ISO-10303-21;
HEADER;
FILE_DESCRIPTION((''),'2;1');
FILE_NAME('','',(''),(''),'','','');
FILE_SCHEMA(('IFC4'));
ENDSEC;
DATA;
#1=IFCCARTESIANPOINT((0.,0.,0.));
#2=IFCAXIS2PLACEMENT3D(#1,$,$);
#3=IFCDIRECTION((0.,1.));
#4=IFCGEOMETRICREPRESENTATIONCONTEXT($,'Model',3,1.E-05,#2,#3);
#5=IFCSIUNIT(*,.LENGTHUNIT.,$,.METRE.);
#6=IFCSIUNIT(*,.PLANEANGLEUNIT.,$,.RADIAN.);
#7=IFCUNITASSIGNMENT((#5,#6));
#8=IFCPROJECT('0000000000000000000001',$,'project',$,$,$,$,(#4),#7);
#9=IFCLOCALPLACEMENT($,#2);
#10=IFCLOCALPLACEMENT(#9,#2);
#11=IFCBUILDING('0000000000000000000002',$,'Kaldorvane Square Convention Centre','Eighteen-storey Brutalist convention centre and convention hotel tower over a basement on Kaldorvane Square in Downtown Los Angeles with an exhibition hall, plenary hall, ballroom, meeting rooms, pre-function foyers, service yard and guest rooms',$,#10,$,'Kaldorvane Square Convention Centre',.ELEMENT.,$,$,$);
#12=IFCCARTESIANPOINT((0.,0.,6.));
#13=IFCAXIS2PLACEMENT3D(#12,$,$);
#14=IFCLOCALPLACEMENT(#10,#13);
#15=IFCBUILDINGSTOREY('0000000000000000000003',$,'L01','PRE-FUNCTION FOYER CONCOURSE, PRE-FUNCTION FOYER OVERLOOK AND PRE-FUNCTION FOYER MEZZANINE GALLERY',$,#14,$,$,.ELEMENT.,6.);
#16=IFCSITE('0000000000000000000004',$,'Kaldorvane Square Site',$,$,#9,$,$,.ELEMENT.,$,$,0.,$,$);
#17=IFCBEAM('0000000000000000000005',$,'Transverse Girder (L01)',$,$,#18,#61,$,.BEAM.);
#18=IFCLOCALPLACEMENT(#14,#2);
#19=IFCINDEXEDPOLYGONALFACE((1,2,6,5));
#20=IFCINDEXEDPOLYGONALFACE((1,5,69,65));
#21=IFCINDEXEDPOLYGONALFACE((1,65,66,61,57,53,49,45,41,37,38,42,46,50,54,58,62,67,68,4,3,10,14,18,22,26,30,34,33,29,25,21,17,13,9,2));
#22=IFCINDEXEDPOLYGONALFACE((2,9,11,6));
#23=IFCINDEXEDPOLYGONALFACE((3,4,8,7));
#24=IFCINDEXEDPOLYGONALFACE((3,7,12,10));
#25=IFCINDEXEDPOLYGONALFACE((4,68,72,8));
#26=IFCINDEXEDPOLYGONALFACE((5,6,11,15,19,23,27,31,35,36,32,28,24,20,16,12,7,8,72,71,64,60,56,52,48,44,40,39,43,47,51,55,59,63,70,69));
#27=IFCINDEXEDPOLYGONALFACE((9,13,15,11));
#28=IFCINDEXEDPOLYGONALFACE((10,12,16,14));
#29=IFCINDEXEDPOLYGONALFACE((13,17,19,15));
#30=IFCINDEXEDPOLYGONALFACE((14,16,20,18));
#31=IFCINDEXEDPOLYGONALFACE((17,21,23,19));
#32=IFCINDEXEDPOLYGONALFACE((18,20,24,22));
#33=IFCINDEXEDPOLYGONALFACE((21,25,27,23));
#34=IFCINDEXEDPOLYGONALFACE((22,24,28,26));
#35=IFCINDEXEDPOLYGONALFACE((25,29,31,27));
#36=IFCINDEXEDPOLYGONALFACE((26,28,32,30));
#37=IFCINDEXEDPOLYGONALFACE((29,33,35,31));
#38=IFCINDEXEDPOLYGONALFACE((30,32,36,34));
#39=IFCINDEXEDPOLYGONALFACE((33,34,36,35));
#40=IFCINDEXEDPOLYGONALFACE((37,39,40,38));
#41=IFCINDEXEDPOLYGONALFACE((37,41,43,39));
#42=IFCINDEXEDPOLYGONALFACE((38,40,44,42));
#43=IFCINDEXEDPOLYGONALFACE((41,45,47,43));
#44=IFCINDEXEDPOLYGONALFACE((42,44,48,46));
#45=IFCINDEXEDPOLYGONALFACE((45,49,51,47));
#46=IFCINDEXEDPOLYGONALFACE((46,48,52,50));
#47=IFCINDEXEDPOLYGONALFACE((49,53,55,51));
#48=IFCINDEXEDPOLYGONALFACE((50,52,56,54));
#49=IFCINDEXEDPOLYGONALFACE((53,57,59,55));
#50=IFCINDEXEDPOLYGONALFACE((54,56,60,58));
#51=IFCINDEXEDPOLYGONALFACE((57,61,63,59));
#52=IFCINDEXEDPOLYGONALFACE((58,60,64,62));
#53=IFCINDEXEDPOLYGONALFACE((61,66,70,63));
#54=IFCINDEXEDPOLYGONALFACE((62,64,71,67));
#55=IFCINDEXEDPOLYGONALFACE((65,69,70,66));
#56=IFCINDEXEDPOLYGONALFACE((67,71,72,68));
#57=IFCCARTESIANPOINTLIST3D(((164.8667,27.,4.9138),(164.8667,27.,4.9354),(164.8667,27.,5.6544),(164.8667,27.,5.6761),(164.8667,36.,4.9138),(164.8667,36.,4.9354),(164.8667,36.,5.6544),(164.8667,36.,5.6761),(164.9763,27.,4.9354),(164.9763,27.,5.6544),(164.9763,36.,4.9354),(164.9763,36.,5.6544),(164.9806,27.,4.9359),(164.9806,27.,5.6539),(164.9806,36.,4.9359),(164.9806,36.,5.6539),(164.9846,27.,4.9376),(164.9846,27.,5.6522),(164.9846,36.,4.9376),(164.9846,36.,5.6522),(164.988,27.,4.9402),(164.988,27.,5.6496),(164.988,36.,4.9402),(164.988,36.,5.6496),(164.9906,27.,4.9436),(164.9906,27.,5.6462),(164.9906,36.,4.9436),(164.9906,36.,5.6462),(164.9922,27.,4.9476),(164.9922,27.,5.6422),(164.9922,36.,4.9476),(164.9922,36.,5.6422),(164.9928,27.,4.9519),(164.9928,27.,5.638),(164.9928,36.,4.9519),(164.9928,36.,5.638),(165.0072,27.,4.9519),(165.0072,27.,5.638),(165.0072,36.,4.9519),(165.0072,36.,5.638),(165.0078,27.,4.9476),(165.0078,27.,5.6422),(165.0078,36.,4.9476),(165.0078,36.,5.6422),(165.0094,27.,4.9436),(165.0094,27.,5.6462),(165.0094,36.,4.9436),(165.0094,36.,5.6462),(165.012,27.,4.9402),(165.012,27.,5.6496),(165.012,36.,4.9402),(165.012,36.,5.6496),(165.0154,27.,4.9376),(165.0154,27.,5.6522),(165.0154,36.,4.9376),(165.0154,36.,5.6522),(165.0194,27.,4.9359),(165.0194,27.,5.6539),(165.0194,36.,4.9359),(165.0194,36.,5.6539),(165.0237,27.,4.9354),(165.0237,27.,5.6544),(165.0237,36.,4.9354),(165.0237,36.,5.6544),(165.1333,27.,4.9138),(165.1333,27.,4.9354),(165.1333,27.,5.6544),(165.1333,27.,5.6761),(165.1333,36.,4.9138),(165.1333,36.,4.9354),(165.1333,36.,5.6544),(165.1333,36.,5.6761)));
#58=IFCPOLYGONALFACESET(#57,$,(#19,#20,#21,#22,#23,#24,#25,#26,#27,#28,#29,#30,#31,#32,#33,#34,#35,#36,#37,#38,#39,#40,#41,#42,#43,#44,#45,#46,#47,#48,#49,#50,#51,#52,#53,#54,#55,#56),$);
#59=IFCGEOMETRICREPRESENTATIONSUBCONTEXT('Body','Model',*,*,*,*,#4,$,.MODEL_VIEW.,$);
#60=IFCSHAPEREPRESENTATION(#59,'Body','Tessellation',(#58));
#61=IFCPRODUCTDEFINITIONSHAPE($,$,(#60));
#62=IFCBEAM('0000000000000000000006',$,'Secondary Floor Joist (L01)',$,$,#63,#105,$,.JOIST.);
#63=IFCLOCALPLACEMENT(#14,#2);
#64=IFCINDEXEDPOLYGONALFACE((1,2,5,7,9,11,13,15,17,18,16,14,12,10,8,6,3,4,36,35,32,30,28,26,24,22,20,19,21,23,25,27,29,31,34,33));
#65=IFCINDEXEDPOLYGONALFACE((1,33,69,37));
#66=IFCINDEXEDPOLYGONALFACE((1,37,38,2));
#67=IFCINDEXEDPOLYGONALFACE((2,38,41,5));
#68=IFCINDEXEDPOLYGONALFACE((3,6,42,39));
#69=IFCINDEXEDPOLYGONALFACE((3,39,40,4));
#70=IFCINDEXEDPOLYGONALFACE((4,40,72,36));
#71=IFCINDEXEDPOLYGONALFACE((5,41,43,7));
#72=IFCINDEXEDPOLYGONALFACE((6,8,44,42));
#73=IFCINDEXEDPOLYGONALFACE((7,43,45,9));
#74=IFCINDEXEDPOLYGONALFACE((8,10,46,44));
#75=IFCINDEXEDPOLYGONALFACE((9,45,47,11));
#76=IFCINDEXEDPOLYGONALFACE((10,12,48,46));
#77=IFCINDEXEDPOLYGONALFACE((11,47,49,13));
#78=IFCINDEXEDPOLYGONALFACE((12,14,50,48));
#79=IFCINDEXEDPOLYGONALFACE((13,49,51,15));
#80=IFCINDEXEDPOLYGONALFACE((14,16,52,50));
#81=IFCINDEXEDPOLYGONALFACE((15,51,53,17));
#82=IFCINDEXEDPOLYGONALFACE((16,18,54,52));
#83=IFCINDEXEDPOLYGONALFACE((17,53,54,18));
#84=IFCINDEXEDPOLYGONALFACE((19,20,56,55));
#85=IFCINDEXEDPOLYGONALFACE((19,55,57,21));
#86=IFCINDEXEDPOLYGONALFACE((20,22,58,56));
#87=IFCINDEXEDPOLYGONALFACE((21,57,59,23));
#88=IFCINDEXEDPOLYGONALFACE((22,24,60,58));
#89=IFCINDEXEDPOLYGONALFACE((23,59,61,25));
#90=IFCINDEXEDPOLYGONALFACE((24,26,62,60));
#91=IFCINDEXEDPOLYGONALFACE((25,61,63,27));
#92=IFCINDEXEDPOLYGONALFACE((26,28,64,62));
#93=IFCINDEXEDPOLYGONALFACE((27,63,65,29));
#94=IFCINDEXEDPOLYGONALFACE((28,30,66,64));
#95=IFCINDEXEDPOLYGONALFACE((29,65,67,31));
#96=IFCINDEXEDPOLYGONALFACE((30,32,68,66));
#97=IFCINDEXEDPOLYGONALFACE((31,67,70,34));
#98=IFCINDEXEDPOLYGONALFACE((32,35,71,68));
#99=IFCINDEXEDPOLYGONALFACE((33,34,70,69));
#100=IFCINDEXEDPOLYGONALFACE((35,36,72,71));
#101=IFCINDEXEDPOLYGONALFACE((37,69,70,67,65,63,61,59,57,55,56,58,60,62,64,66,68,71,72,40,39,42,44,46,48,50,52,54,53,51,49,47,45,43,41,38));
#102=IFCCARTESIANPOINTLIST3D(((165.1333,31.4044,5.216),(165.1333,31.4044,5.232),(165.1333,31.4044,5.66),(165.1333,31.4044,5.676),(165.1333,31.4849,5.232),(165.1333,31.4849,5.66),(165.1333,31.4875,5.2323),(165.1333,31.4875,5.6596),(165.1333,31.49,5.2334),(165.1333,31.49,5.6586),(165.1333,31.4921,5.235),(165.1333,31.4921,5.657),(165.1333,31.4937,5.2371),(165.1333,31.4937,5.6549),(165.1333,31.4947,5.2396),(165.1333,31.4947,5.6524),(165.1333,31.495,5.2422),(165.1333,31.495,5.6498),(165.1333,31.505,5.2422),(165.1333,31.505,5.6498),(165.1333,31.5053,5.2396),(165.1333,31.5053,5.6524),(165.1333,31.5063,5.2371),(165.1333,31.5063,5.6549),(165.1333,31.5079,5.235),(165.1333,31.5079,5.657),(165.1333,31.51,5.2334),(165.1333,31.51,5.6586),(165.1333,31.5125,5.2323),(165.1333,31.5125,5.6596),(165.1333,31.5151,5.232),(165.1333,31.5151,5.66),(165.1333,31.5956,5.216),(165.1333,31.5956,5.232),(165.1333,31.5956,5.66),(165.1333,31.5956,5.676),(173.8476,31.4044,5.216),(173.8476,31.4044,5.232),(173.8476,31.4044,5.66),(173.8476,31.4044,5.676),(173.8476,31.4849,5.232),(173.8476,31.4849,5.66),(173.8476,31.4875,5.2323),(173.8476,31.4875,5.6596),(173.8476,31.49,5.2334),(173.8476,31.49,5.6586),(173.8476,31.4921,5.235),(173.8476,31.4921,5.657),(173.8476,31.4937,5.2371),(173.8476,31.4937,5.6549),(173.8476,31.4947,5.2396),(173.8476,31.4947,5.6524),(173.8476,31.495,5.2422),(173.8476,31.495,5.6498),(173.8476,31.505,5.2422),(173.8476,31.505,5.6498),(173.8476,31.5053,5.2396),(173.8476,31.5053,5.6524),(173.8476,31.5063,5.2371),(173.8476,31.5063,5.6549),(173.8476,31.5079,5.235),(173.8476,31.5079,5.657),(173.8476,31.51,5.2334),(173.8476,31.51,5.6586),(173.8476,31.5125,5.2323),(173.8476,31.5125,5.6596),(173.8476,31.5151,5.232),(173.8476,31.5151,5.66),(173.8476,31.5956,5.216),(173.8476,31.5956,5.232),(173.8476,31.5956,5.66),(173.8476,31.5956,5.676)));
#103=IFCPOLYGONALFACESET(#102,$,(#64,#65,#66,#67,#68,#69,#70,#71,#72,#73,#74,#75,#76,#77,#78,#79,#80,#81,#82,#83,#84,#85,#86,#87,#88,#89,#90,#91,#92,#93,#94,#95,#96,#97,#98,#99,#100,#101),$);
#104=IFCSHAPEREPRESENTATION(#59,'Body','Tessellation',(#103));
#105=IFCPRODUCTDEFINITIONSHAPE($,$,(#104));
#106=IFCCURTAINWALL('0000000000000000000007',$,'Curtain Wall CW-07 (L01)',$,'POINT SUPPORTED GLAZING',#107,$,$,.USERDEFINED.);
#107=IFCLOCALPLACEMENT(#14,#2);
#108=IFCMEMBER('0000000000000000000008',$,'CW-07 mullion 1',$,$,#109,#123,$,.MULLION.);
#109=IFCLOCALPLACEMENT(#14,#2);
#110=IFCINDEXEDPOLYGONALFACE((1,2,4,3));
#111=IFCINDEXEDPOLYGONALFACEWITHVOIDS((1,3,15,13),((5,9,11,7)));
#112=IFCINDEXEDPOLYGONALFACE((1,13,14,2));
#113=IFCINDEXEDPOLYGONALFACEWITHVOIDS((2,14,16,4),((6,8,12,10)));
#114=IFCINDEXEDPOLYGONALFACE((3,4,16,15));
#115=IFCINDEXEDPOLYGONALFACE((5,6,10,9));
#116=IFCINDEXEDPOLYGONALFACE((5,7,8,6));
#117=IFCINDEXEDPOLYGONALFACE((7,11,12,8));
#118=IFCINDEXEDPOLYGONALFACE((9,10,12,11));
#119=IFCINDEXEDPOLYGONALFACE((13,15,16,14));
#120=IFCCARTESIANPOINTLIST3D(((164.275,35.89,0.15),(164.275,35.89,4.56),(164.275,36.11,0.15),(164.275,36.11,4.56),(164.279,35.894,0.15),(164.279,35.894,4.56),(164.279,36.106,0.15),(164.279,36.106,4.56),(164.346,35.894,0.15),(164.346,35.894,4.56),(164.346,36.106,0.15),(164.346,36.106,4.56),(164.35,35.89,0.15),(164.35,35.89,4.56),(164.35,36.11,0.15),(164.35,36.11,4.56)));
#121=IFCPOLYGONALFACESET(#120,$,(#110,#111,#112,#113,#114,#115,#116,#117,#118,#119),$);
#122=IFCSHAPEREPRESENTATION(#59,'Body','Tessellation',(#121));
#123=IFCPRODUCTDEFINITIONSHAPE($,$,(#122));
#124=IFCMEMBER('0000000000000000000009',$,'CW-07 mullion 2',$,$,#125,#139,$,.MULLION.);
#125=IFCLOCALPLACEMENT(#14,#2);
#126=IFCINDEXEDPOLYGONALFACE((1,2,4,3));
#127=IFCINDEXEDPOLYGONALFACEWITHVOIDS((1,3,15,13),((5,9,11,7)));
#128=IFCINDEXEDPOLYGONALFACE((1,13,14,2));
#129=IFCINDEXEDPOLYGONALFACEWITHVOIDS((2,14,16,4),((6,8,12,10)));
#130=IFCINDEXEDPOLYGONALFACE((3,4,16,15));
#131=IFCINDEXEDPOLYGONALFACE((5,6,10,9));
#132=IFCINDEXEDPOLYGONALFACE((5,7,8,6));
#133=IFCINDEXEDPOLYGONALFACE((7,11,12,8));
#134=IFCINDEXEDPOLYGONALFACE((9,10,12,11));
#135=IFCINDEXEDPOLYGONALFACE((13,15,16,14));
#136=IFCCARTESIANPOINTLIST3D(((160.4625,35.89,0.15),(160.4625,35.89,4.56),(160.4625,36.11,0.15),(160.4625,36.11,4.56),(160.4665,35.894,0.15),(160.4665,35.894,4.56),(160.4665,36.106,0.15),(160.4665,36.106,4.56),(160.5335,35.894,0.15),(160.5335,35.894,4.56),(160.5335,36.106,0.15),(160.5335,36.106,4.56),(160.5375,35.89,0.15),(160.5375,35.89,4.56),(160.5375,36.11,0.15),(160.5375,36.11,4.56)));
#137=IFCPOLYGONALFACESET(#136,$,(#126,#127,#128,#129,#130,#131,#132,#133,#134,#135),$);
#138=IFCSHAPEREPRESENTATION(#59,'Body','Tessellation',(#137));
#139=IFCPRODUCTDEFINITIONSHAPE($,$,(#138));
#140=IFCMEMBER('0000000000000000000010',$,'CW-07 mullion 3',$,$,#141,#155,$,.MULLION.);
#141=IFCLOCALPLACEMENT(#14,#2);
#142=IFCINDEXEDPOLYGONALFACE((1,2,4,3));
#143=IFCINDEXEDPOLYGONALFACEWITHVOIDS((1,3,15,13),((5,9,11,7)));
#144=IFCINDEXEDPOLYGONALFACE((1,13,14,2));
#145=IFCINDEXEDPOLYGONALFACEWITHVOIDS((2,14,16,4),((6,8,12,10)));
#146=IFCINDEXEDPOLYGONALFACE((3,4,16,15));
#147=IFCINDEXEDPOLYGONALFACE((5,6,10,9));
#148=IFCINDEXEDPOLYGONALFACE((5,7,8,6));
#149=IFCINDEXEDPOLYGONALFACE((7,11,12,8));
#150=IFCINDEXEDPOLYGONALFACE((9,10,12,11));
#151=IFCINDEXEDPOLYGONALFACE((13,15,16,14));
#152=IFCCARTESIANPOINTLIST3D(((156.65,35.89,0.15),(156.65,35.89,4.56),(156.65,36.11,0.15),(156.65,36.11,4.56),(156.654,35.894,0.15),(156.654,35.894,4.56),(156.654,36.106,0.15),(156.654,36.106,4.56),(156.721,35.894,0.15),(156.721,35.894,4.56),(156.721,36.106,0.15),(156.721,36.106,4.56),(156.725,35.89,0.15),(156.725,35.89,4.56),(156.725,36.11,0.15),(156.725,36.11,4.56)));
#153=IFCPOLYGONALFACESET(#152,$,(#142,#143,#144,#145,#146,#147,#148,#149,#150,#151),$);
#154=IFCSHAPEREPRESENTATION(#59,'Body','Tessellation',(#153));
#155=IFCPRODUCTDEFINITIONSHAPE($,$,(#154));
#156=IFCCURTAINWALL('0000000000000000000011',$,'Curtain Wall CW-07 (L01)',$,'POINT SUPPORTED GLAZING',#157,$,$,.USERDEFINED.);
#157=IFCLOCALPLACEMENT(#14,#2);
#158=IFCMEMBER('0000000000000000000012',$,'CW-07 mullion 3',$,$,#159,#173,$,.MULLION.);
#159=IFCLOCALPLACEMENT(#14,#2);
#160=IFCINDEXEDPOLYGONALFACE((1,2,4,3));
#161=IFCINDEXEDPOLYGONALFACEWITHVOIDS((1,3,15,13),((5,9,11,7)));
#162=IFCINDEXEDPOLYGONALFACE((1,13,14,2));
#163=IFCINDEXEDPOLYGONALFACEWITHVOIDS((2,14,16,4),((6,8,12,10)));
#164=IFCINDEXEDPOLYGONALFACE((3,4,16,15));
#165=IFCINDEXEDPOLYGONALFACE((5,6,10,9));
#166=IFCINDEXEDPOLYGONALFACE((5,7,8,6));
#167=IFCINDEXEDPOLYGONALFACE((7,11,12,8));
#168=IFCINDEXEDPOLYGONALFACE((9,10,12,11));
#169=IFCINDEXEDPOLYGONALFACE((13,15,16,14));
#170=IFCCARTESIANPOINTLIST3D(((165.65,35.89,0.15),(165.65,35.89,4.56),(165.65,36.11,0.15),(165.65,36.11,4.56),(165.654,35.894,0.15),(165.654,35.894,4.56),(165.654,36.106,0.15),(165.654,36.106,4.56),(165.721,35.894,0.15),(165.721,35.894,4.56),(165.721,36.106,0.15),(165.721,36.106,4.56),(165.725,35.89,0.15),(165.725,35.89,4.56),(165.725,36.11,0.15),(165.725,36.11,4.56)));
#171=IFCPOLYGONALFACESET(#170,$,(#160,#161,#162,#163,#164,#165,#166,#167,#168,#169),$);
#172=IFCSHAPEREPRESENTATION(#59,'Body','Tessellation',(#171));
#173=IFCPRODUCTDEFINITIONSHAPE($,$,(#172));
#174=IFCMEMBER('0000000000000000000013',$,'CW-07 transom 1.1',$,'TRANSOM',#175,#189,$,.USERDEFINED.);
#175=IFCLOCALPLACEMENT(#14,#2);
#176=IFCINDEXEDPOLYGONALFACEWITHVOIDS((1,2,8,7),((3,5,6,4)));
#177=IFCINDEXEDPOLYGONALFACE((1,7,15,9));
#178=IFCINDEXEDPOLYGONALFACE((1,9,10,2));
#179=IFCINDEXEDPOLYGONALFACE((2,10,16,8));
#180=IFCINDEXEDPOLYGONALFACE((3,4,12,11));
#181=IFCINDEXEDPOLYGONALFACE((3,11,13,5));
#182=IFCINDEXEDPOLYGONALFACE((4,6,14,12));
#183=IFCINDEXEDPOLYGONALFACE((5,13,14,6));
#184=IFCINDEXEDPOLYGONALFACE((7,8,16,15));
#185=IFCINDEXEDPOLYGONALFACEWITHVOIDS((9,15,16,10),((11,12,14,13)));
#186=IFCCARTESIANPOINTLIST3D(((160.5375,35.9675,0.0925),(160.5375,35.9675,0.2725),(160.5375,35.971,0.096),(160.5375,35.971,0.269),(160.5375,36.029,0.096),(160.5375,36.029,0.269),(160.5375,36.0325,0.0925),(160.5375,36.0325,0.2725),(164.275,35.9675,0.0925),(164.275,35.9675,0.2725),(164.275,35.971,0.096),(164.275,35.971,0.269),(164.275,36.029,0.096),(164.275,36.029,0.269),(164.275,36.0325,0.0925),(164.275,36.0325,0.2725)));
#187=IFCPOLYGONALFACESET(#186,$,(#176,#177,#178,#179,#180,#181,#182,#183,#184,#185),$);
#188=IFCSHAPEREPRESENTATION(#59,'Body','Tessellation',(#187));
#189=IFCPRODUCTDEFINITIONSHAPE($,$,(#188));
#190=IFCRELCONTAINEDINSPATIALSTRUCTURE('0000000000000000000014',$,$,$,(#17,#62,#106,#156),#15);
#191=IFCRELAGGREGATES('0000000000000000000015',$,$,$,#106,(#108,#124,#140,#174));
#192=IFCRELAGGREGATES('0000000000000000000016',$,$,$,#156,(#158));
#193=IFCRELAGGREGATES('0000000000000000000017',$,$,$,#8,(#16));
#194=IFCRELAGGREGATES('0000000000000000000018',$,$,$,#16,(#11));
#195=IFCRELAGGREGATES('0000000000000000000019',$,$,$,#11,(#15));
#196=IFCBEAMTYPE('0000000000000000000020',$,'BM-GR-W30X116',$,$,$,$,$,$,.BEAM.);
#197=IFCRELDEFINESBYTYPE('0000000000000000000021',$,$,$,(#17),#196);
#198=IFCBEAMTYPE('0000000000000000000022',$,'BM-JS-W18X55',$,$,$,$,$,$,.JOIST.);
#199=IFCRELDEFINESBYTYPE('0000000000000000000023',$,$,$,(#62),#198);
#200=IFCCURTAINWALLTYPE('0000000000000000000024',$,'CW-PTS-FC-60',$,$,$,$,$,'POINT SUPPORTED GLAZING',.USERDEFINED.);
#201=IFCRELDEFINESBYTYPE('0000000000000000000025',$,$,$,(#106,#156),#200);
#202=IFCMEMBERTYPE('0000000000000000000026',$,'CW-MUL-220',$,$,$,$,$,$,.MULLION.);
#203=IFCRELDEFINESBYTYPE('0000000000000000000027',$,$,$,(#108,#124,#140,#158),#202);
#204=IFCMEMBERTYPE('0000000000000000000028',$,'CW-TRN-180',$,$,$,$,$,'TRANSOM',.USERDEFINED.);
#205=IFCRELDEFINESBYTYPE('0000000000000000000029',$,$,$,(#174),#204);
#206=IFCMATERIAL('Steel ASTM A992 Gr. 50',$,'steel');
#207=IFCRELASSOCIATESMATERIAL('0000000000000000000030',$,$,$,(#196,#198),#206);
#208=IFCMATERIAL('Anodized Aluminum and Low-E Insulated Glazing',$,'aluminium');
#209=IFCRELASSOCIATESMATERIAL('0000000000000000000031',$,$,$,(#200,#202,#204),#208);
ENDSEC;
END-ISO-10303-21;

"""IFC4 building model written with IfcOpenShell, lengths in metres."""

from ifc_helpers import new_model, si_unit, direction, frame, origin, origin_2d, place, context, subcontext, project, spatial, hollow_rectangle, i_section, extrude, material, material_profile, profile_set, type_object, element, aggregate, save


model = new_model("IFC4")

# Units and contexts
model_context = context("Model", 3, precision=1e-05, world=origin(), true_north=direction((0.0, 1.0)))
body_context = subcontext(model_context, "Body", "Model", "MODEL_VIEW")
ifc_project = project(units=[si_unit("LENGTHUNIT", "METRE"), si_unit("PLANEANGLEUNIT", "RADIAN")], contexts=[model_context])

# Site, building, storey
site_placement = place(None, origin())
site = spatial("IfcSite", under=ifc_project, at=site_placement, Name="Kaldorvane Square Site", CompositionType="ELEMENT", RefElevation=0.0)
building_placement = place(site_placement, origin())
building = spatial("IfcBuilding", under=site, at=building_placement, Name="Kaldorvane Square Convention Centre", Description="Eighteen-storey Brutalist convention centre and convention hotel tower over a basement on Kaldorvane Square in Downtown Los Angeles with an exhibition hall, plenary hall, ballroom, meeting rooms, pre-function foyers, service yard and guest rooms", LongName="Kaldorvane Square Convention Centre", CompositionType="ELEMENT")
storey_placement = place(building_placement, frame((0.0, 0.0, 6.0)))
storey = spatial("IfcBuildingStorey", under=building, at=storey_placement, Name="L01", Description="PRE-FUNCTION FOYER CONCOURSE, PRE-FUNCTION FOYER OVERLOOK AND PRE-FUNCTION FOYER MEZZANINE GALLERY", CompositionType="ELEMENT", Elevation=6.0)

# Shared definitions
ifc_material_1 = material(Name="Steel ASTM A992 Gr. 50", Category="steel")

# Beams
ifc_material_profile_1 = material_profile(ifc_material_1, i_section(OverallWidth=0.2666, OverallDepth=0.7623, WebThickness=0.0144, FlangeThickness=0.0216, FilletRadius=0.0165, at=origin_2d()), Name="W30X116")
ifc_profile_set_1 = profile_set([ifc_material_profile_1], Name="Steel ASTM A992 Gr. 50")
beam_type_1 = type_object("IfcBeamType", Name="BM-GR-W30X116", PredefinedType="BEAM", material=ifc_profile_set_1)
beam_1_placement = place(storey_placement, frame((165.0, 27.0, 5.2949), z_axis=(0.0, 1.0, 0.0), x_axis=(-1.0, 0.0, 0.0)))
element("IfcBeam", 1, at=beam_1_placement, inside=storey, type_object=beam_type_1, Name="Transverse Girder (L01)", PredefinedType="BEAM", context=body_context, shape_type="SweptSolid", body=[
    extrude(i_section(OverallWidth=0.2666, OverallDepth=0.7623, WebThickness=0.0144, FlangeThickness=0.0216, FilletRadius=0.0165, at=origin_2d()), origin(), (0.0, 0.0, 1.0), 9.0),
])
ifc_material_profile_2 = material_profile(ifc_material_1, i_section(OverallWidth=0.1913, OverallDepth=0.46, WebThickness=0.0099, FlangeThickness=0.016, FilletRadius=0.0102, at=origin_2d()), Name="W18X55")
ifc_profile_set_2 = profile_set([ifc_material_profile_2], Name="Steel ASTM A992 Gr. 50")
beam_type_2 = type_object("IfcBeamType", Name="BM-JS-W18X55", PredefinedType="JOIST", material=ifc_profile_set_2)
beam_2_placement = place(storey_placement, frame((165.1333, 31.5, 5.446), z_axis=(1.0, 0.0, 0.0), x_axis=(0.0, 1.0, 0.0)))
element("IfcBeam", 2, at=beam_2_placement, inside=storey, type_object=beam_type_2, Name="Secondary Floor Joist (L01)", PredefinedType="JOIST", context=body_context, shape_type="SweptSolid", body=[
    extrude(i_section(OverallWidth=0.1913, OverallDepth=0.46, WebThickness=0.0099, FlangeThickness=0.016, FilletRadius=0.0102, at=origin_2d()), origin(), (0.0, 0.0, 1.0), 8.7143),
])

# Curtain wall, members
ifc_material_2 = material(Name="Anodized Aluminum and Low-E Insulated Glazing", Category="aluminium")
curtain_wall_type = type_object("IfcCurtainWallType", Name="CW-PTS-FC-60", ElementType="POINT SUPPORTED GLAZING", PredefinedType="USERDEFINED", material=ifc_material_2)
curtain_wall_1_placement = place(storey_placement, origin())
curtain_wall_1 = element("IfcCurtainWall", 3, at=curtain_wall_1_placement, inside=storey, type_object=curtain_wall_type, Name="Curtain Wall CW-07 (L01)", ObjectType="POINT SUPPORTED GLAZING", PredefinedType="USERDEFINED")
ifc_material_profile_3 = material_profile(ifc_material_2, hollow_rectangle(XDim=0.075, YDim=0.22, WallThickness=0.004, at=origin_2d()), Name="CWM-220X75")
ifc_profile_set_3 = profile_set([ifc_material_profile_3], Name="Anodized Aluminum and Low-E Insulated Glazing")
member_type_1 = type_object("IfcMemberType", Name="CW-MUL-220", PredefinedType="MULLION", material=ifc_profile_set_3)
member_1_placement = place(storey_placement, frame((164.3125, 36.0, 0.15), z_axis=(0.0, 0.0, 1.0), x_axis=(-1.0, 0.0, 0.0)))
member_1 = element("IfcMember", 4, at=member_1_placement, type_object=member_type_1, Name="CW-07 mullion 1", PredefinedType="MULLION", context=body_context, shape_type="SweptSolid", body=[
    extrude(hollow_rectangle(XDim=0.075, YDim=0.22, WallThickness=0.004, at=origin_2d()), origin(), (0.0, 0.0, 1.0), 4.41),
])
member_2_placement = place(storey_placement, frame((160.5, 36.0, 0.15), z_axis=(0.0, 0.0, 1.0), x_axis=(-1.0, 0.0, 0.0)))
member_2 = element("IfcMember", 5, at=member_2_placement, type_object=member_type_1, Name="CW-07 mullion 2", PredefinedType="MULLION", context=body_context, shape_type="SweptSolid", body=[
    extrude(hollow_rectangle(XDim=0.075, YDim=0.22, WallThickness=0.004, at=origin_2d()), origin(), (0.0, 0.0, 1.0), 4.41),
])
member_3_placement = place(storey_placement, frame((156.6875, 36.0, 0.15), z_axis=(0.0, 0.0, 1.0), x_axis=(-1.0, 0.0, 0.0)))
member_3 = element("IfcMember", 6, at=member_3_placement, type_object=member_type_1, Name="CW-07 mullion 3", PredefinedType="MULLION", context=body_context, shape_type="SweptSolid", body=[
    extrude(hollow_rectangle(XDim=0.075, YDim=0.22, WallThickness=0.004, at=origin_2d()), origin(), (0.0, 0.0, 1.0), 4.41),
])

# Curtain wall, member
curtain_wall_2_placement = place(storey_placement, origin())
curtain_wall_2 = element("IfcCurtainWall", 7, at=curtain_wall_2_placement, inside=storey, type_object=curtain_wall_type, Name="Curtain Wall CW-07 (L01)", ObjectType="POINT SUPPORTED GLAZING", PredefinedType="USERDEFINED")
member_4_placement = place(storey_placement, frame((165.6875, 36.0, 0.15), z_axis=(0.0, 0.0, 1.0), x_axis=(-1.0, 0.0, 0.0)))
member_4 = element("IfcMember", 8, at=member_4_placement, type_object=member_type_1, Name="CW-07 mullion 3", PredefinedType="MULLION", context=body_context, shape_type="SweptSolid", body=[
    extrude(hollow_rectangle(XDim=0.075, YDim=0.22, WallThickness=0.004, at=origin_2d()), origin(), (0.0, 0.0, 1.0), 4.41),
])

# Member
ifc_material_profile_4 = material_profile(ifc_material_2, hollow_rectangle(XDim=0.065, YDim=0.18, WallThickness=0.0035, at=origin_2d()), Name="CWT-180X65")
ifc_profile_set_4 = profile_set([ifc_material_profile_4], Name="Anodized Aluminum and Low-E Insulated Glazing")
member_type_2 = type_object("IfcMemberType", Name="CW-TRN-180", ElementType="TRANSOM", PredefinedType="USERDEFINED", material=ifc_profile_set_4)
member_5_placement = place(storey_placement, frame((164.275, 36.0, 0.1825), z_axis=(-1.0, 0.0, 0.0), x_axis=(0.0, -1.0, 0.0)))
member_5 = element("IfcMember", 9, at=member_5_placement, type_object=member_type_2, Name="CW-07 transom 1.1", ObjectType="TRANSOM", PredefinedType="USERDEFINED", context=body_context, shape_type="SweptSolid", body=[
    extrude(hollow_rectangle(XDim=0.065, YDim=0.18, WallThickness=0.0035, at=origin_2d()), origin(), (0.0, 0.0, 1.0), 3.7375),
])

aggregate(curtain_wall_1, [member_1, member_2, member_3, member_5])
aggregate(curtain_wall_2, [member_4])

save(model, "model.ifc")
